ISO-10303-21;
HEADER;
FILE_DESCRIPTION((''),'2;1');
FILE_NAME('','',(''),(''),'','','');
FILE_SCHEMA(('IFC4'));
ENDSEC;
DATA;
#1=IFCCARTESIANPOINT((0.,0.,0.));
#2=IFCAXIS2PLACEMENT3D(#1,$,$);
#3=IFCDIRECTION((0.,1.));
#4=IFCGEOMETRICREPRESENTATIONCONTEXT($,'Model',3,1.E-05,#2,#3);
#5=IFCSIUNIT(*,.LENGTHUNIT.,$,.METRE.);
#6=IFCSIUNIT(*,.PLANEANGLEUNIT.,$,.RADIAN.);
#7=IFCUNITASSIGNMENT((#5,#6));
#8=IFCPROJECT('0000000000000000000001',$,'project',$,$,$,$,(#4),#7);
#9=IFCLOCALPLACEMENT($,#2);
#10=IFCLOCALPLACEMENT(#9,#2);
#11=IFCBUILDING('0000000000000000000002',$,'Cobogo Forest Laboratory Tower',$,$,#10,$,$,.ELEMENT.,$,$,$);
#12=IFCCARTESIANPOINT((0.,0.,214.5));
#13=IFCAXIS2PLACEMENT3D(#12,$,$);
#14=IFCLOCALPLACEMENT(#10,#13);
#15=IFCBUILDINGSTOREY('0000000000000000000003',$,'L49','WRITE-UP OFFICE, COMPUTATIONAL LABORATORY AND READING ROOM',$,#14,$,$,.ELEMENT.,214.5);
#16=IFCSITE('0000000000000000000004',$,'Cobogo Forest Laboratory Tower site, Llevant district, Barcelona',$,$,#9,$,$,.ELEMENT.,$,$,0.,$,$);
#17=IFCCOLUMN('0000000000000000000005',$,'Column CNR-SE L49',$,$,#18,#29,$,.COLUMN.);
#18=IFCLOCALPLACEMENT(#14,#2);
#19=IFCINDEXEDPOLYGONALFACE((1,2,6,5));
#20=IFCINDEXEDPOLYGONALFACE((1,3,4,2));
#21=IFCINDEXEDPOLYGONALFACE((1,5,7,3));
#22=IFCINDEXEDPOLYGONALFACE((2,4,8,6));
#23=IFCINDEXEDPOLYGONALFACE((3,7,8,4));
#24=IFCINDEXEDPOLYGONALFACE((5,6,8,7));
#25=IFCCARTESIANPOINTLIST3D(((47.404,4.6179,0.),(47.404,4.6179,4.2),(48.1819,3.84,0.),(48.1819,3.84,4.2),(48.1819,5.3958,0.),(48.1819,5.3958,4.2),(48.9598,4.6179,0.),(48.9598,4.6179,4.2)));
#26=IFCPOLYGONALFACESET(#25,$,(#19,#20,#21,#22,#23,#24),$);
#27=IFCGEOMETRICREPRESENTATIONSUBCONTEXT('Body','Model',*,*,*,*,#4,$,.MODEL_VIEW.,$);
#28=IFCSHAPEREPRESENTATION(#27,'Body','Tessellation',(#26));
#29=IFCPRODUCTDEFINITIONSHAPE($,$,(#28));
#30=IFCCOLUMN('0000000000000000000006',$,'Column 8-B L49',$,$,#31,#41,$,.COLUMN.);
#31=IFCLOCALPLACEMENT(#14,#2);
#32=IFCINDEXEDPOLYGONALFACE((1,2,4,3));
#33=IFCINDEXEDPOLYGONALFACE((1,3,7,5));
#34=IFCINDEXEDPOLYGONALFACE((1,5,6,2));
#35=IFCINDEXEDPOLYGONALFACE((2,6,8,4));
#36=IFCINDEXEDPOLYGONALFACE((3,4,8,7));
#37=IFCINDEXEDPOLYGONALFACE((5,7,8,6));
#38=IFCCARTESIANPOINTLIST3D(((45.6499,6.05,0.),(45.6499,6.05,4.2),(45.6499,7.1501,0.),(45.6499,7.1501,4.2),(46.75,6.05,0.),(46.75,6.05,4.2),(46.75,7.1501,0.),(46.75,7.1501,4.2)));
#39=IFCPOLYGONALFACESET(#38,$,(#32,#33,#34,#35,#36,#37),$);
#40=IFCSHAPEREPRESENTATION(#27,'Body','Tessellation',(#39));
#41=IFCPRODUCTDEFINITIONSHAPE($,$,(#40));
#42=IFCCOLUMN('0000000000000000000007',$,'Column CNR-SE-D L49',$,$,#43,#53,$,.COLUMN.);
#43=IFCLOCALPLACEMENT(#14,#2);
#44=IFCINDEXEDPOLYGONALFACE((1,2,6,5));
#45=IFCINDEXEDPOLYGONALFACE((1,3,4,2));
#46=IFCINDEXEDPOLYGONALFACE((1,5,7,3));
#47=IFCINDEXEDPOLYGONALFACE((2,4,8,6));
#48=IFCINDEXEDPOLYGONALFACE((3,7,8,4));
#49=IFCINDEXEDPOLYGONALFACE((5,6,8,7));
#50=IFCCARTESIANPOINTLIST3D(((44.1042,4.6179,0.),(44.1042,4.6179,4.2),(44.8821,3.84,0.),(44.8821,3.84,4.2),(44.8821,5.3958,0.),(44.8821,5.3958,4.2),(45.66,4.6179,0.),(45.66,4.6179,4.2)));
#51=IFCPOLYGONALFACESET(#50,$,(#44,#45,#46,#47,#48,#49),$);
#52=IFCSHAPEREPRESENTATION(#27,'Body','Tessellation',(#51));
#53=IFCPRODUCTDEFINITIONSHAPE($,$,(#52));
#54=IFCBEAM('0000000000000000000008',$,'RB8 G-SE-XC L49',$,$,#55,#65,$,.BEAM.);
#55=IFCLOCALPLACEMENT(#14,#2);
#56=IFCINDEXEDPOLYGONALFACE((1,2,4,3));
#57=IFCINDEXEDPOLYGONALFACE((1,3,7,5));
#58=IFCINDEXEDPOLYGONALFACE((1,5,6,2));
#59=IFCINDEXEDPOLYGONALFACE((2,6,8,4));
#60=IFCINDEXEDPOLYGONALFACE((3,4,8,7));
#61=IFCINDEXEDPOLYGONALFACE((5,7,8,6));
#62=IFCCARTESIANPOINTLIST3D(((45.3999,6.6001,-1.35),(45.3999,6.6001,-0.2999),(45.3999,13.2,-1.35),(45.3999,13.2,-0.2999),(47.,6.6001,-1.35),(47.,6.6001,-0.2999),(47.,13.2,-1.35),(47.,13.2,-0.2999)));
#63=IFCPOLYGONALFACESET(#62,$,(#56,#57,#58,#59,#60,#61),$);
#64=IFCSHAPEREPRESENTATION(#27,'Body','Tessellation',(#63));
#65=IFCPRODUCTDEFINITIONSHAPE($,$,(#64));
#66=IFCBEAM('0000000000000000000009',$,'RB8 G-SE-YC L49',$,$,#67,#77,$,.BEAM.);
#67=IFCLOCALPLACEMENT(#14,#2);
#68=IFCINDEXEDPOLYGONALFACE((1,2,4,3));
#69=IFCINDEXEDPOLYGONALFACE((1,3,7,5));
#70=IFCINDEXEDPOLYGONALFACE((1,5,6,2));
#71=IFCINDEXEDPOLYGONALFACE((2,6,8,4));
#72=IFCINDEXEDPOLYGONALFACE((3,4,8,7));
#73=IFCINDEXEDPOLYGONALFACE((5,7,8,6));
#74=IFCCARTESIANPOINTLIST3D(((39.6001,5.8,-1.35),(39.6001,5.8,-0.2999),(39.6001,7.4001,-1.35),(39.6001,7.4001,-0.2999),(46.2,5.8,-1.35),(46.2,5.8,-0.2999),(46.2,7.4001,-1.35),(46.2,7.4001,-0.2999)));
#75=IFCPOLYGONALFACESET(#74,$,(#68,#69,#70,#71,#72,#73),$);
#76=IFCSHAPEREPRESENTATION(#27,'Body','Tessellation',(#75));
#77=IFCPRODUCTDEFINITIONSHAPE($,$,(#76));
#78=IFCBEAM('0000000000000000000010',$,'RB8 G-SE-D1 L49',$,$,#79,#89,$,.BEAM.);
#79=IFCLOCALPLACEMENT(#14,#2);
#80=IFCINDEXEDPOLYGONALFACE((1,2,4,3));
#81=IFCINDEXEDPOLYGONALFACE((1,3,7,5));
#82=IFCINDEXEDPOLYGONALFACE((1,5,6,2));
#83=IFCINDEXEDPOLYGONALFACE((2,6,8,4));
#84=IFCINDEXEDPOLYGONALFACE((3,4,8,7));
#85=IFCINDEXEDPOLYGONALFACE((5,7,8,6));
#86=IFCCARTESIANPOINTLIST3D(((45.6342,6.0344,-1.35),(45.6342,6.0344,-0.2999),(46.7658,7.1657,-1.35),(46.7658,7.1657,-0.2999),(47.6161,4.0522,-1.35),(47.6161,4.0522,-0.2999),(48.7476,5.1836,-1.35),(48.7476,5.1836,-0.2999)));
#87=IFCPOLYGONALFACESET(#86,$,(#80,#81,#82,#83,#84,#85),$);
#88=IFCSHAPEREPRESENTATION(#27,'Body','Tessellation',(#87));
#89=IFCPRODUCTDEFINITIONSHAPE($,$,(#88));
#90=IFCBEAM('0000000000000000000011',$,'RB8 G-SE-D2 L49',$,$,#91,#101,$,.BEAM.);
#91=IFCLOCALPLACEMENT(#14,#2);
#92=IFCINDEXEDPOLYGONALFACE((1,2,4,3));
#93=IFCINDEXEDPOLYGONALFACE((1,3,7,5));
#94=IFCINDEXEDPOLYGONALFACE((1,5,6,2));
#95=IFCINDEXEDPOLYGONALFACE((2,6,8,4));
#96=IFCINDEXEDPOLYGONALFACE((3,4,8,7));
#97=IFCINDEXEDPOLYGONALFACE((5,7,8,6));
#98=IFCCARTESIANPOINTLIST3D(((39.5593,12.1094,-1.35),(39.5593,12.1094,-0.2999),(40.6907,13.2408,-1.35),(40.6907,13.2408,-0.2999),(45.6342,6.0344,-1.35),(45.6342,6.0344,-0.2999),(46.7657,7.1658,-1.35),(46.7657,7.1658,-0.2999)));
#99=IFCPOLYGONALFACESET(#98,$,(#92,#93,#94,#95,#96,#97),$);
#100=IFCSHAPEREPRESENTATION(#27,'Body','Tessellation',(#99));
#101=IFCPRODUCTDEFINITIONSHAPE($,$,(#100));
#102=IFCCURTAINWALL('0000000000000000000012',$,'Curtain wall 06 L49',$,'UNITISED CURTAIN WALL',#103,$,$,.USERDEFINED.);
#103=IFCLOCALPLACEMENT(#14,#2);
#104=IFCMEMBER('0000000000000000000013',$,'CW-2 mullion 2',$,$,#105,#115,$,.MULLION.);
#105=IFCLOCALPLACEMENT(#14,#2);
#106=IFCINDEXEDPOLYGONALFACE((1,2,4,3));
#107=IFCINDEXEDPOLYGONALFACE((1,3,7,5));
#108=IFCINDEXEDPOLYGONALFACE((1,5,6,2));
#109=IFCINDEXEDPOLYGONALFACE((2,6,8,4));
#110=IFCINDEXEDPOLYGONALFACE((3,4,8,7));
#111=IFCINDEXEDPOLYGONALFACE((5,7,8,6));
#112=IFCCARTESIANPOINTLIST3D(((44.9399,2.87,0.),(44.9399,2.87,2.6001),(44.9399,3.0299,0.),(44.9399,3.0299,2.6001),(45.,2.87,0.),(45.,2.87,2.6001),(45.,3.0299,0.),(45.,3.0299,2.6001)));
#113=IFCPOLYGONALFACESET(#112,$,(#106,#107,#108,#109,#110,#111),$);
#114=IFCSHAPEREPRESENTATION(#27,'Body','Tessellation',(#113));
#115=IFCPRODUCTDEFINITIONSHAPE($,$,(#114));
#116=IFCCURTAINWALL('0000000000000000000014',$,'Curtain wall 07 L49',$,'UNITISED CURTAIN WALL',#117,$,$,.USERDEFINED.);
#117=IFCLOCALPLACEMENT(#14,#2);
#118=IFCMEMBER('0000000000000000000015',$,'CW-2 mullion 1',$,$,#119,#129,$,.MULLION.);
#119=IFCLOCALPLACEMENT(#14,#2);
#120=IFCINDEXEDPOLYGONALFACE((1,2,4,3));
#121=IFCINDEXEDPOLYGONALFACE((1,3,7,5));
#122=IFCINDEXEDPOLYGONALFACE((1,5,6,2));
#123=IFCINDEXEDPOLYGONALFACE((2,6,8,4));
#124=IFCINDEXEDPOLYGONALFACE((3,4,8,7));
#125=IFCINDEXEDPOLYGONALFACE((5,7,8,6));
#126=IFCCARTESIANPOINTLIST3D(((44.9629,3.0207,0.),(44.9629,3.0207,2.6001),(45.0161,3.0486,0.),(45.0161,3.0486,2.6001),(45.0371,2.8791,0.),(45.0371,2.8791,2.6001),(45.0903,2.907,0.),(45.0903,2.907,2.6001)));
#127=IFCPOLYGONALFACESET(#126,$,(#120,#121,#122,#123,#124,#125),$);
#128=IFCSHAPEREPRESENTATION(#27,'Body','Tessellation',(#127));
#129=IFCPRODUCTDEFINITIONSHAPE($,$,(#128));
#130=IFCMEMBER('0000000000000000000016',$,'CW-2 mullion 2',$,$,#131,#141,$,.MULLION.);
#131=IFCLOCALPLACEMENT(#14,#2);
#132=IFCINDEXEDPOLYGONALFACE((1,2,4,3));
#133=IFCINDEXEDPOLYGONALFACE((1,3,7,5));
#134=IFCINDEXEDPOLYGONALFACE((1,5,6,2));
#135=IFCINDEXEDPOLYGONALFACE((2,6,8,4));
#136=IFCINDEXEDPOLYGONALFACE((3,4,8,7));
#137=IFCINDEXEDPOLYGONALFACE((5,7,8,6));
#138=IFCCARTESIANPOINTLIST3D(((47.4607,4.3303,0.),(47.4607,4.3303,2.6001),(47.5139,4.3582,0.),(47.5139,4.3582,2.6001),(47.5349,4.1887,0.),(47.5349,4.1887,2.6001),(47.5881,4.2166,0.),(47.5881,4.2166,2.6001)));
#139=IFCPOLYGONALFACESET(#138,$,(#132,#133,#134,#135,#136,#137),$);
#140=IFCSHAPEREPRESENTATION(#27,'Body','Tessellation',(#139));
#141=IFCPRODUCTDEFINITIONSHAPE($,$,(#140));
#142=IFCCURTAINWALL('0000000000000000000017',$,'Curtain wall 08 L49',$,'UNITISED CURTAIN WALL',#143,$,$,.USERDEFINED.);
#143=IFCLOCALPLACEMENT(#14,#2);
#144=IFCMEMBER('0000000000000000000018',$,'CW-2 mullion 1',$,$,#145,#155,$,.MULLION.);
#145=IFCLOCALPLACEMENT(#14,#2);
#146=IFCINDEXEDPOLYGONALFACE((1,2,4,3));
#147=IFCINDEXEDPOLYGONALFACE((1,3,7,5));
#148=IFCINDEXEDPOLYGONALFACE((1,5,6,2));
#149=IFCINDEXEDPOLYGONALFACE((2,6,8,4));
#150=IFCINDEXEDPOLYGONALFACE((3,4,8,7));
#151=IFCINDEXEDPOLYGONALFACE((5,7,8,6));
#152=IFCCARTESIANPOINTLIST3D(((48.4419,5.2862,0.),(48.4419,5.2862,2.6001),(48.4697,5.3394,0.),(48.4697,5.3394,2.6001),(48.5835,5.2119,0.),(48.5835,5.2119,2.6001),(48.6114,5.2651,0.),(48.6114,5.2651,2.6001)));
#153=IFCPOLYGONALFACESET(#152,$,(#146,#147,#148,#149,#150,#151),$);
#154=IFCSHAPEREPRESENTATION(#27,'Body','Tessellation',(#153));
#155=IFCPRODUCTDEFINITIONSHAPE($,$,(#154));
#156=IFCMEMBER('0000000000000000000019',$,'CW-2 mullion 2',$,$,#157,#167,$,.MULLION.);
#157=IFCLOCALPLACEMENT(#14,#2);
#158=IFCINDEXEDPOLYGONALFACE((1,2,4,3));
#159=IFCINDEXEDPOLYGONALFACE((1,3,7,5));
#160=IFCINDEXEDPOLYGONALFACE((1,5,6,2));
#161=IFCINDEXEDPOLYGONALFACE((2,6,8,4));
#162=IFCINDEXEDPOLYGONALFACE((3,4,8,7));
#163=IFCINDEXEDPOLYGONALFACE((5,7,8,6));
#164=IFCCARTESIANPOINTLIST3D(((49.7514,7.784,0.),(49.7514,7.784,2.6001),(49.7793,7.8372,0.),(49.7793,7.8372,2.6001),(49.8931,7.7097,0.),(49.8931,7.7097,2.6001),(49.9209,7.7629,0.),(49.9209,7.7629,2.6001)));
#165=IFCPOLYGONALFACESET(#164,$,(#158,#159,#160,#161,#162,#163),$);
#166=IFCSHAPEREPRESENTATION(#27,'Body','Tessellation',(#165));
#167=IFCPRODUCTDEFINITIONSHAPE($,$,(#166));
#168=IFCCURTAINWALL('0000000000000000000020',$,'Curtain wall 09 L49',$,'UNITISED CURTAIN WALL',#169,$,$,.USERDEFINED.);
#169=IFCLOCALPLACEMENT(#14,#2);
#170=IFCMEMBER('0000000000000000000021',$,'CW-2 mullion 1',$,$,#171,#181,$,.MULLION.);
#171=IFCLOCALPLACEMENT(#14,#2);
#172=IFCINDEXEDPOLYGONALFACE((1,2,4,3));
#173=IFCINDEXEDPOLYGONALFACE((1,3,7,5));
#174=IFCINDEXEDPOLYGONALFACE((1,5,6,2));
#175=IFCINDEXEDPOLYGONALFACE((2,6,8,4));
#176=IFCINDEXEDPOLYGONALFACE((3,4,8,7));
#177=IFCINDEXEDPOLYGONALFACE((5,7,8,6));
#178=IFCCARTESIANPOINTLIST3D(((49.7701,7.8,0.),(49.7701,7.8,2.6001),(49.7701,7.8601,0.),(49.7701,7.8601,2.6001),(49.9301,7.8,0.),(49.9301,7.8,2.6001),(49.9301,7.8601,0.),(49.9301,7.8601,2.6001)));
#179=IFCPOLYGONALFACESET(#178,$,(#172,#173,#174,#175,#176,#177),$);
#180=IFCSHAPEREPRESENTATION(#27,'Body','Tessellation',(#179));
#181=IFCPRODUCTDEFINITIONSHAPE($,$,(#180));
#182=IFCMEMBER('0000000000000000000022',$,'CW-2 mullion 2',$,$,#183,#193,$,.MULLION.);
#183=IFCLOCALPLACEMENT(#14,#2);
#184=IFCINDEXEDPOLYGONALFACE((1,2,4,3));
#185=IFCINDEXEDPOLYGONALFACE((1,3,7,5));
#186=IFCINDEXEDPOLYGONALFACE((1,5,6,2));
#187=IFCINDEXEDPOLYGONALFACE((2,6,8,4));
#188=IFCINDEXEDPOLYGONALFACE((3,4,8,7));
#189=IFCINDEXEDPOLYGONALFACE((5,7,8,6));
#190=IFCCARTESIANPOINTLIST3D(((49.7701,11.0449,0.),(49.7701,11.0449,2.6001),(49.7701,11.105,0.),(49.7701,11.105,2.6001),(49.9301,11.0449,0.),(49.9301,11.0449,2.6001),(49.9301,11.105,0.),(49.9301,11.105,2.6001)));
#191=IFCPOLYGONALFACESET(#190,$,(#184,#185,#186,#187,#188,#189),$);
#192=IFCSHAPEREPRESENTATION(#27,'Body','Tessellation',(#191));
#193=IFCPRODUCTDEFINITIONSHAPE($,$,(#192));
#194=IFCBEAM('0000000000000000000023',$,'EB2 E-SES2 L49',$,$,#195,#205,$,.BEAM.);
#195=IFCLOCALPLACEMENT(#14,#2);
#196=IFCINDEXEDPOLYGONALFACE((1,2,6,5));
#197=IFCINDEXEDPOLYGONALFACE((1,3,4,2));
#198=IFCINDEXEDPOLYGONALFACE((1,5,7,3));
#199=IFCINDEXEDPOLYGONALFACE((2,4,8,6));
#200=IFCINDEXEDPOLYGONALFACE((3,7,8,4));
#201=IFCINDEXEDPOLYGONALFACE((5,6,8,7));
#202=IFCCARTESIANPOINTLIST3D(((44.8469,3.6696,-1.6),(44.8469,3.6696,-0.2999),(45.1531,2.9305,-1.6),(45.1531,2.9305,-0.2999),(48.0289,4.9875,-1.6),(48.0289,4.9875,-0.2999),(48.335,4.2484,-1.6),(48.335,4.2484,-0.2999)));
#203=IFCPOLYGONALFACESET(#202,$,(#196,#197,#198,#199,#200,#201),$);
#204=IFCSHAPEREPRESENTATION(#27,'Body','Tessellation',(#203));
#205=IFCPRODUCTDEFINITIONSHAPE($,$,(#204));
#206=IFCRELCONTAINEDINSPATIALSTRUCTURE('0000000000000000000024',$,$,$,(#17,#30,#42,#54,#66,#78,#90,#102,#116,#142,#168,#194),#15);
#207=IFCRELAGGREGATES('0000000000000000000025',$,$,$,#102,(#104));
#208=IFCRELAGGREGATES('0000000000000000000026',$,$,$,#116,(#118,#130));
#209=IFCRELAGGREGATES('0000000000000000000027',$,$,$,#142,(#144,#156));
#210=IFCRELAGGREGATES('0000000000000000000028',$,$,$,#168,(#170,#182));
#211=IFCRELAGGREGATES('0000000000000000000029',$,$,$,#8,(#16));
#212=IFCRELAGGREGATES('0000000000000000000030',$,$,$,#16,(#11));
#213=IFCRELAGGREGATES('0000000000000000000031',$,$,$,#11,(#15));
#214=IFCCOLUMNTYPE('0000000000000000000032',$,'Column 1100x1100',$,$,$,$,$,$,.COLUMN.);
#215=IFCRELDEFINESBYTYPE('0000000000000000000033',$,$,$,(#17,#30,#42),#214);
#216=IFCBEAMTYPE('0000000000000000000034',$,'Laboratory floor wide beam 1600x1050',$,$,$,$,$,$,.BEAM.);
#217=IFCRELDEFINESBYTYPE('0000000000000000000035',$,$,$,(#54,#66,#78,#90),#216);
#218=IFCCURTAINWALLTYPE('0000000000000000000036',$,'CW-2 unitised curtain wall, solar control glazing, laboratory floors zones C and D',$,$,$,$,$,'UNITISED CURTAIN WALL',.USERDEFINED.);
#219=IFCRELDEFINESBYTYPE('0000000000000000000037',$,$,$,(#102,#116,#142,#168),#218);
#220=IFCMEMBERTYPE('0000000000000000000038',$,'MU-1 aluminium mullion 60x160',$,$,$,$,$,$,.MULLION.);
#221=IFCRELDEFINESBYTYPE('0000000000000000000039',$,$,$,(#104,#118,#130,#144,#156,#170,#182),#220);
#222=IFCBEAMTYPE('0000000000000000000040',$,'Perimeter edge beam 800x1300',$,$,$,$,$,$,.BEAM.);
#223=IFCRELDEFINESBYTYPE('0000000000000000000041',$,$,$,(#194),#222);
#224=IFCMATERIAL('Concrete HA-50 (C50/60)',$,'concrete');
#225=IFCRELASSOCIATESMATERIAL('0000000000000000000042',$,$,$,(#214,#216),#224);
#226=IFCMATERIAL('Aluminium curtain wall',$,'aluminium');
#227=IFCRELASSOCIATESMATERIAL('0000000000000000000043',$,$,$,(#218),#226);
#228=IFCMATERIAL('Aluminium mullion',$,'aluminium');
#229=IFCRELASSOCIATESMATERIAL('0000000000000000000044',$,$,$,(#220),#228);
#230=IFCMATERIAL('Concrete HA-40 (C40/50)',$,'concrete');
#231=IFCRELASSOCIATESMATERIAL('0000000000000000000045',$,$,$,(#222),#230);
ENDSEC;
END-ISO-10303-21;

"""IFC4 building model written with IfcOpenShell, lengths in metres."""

from ifc_helpers import new_model, si_unit, direction, frame, origin, origin_2d, place, context, subcontext, project, spatial, rectangle, extrude, material, material_profile, profile_set, type_object, element, aggregate, save


model = new_model("IFC4")

# Units and contexts
model_context = context("Model", 3, precision=1e-05, world=origin(), true_north=direction((0.0, 1.0)))
body_context = subcontext(model_context, "Body", "Model", "MODEL_VIEW")
ifc_project = project(units=[si_unit("LENGTHUNIT", "METRE"), si_unit("PLANEANGLEUNIT", "RADIAN")], contexts=[model_context])

# Site, building, storey
site_placement = place(None, origin())
site = spatial("IfcSite", under=ifc_project, at=site_placement, Name="Cobogo Forest Laboratory Tower site, Llevant district, Barcelona", CompositionType="ELEMENT", RefElevation=0.0)
building_placement = place(site_placement, origin())
building = spatial("IfcBuilding", under=site, at=building_placement, Name="Cobogo Forest Laboratory Tower", CompositionType="ELEMENT")
storey_placement = place(building_placement, frame((0.0, 0.0, 214.5)))
storey = spatial("IfcBuildingStorey", under=building, at=storey_placement, Name="L49", Description="WRITE-UP OFFICE, COMPUTATIONAL LABORATORY AND READING ROOM", CompositionType="ELEMENT", Elevation=214.5)

# Columns
ifc_material_1 = material(Name="Concrete HA-50 (C50/60)", Category="concrete")
ifc_material_profile_1 = material_profile(ifc_material_1, rectangle(XDim=1.1001, YDim=1.1001, at=origin_2d()), Name="RC 1100x1100")
ifc_profile_set_1 = profile_set([ifc_material_profile_1], Name="Concrete HA-50 (C50/60)")
column_type = type_object("IfcColumnType", Name="Column 1100x1100", PredefinedType="COLUMN", material=ifc_profile_set_1)
for number, where, z_axis, x_axis, name in (
    (1, (48.1819, 4.6179, 0.0), (0.0, 0.0, 1.0), (0.707107, 0.707107, 0.0), "Column CNR-SE L49"),
    (2, (46.2, 6.6001, 0.0), (0.0, 0.0, 1.0), (1.0, 0.0, 0.0), "Column 8-B L49"),
    (3, (44.8821, 4.6179, 0.0), (0.0, 0.0, 1.0), (0.707107, 0.707107, 0.0), "Column CNR-SE-D L49"),
):
    element("IfcColumn", number, at=place(storey_placement, frame(where, z_axis=z_axis, x_axis=x_axis)), inside=storey, type_object=column_type, Name=name, PredefinedType="COLUMN", context=body_context, shape_type="SweptSolid", body=[
        extrude(rectangle(XDim=1.1001, YDim=1.1001, at=origin_2d()), origin(), (0.0, 0.0, 1.0), 4.2),
    ])

# Beams
ifc_material_profile_2 = material_profile(ifc_material_1, rectangle(XDim=1.6001, YDim=1.05, at=origin_2d()), Name="RC 1600x1050")
ifc_profile_set_2 = profile_set([ifc_material_profile_2], Name="Concrete HA-50 (C50/60)")
beam_type_1 = type_object("IfcBeamType", Name="Laboratory floor wide beam 1600x1050", PredefinedType="BEAM", material=ifc_profile_set_2)
for number, where, z_axis, x_axis, name in (
    (4, (46.2, 6.6001, -0.825), (0.0, 1.0, 0.0), (-1.0, 0.0, 0.0), "RB8 G-SE-XC L49"),
    (5, (46.2, 6.6001, -0.825), (-1.0, 0.0, 0.0), (0.0, -1.0, 0.0), "RB8 G-SE-YC L49"),
):
    element("IfcBeam", number, at=place(storey_placement, frame(where, z_axis=z_axis, x_axis=x_axis)), inside=storey, type_object=beam_type_1, Name=name, PredefinedType="BEAM", context=body_context, shape_type="SweptSolid", body=[
        extrude(rectangle(XDim=1.6001, YDim=1.05, at=origin_2d()), origin(), (0.0, 0.0, 1.0), 6.5999),
    ])
beam_1_placement = place(storey_placement, frame((48.1819, 4.6179, -0.825), z_axis=(-0.707063, 0.70715, 0.0), x_axis=(-0.70715, -0.707063, 0.0)))
element("IfcBeam", 6, at=beam_1_placement, inside=storey, type_object=beam_type_1, Name="RB8 G-SE-D1 L49", PredefinedType="BEAM", context=body_context, shape_type="SweptSolid", body=[
    extrude(rectangle(XDim=1.6001, YDim=1.05, at=origin_2d()), origin(), (0.0, 0.0, 1.0), 2.803),
])
beam_2_placement = place(storey_placement, frame((46.2, 6.6001, -0.825), z_axis=(-0.707107, 0.707107, 0.0), x_axis=(-0.707107, -0.707107, 0.0)))
element("IfcBeam", 7, at=beam_2_placement, inside=storey, type_object=beam_type_1, Name="RB8 G-SE-D2 L49", PredefinedType="BEAM", context=body_context, shape_type="SweptSolid", body=[
    extrude(rectangle(XDim=1.6001, YDim=1.05, at=origin_2d()), origin(), (0.0, 0.0, 1.0), 8.5913),
])

# Curtain wall, member
ifc_material_2 = material(Name="Aluminium curtain wall", Category="aluminium")
curtain_wall_type = type_object("IfcCurtainWallType", Name="CW-2 unitised curtain wall, solar control glazing, laboratory floors zones C and D", ElementType="UNITISED CURTAIN WALL", PredefinedType="USERDEFINED", material=ifc_material_2)
curtain_wall_1_placement = place(storey_placement, origin())
curtain_wall_1 = element("IfcCurtainWall", 8, at=curtain_wall_1_placement, inside=storey, type_object=curtain_wall_type, Name="Curtain wall 06 L49", ObjectType="UNITISED CURTAIN WALL", PredefinedType="USERDEFINED")
ifc_material_3 = material(Name="Aluminium mullion", Category="aluminium")
ifc_material_profile_3 = material_profile(ifc_material_3, rectangle(XDim=0.0601, YDim=0.1599, at=origin_2d()), Name="AL 60x160")
ifc_profile_set_3 = profile_set([ifc_material_profile_3], Name="Aluminium mullion")
member_type_1 = type_object("IfcMemberType", Name="MU-1 aluminium mullion 60x160", PredefinedType="MULLION", material=ifc_profile_set_3)
member_1_placement = place(storey_placement, frame((44.97, 2.95, 0.0), z_axis=(0.0, 0.0, 1.0), x_axis=(1.0, 0.0, 0.0)))
member_1 = element("IfcMember", 9, at=member_1_placement, type_object=member_type_1, Name="CW-2 mullion 2", PredefinedType="MULLION", context=body_context, shape_type="SweptSolid", body=[
    extrude(rectangle(XDim=0.0601, YDim=0.1599, at=origin_2d()), origin(), (0.0, 0.0, 1.0), 2.6001),
])

# Curtain walls, members
curtain_wall_2_placement = place(storey_placement, origin())
curtain_wall_2 = element("IfcCurtainWall", 10, at=curtain_wall_2_placement, inside=storey, type_object=curtain_wall_type, Name="Curtain wall 07 L49", ObjectType="UNITISED CURTAIN WALL", PredefinedType="USERDEFINED")
member_2_placement = place(storey_placement, frame((45.0266, 2.9639, 0.0), z_axis=(0.0, 0.0, 1.0), x_axis=(0.885686, 0.464284, 0.0)))
member_2 = element("IfcMember", 11, at=member_2_placement, type_object=member_type_1, Name="CW-2 mullion 1", PredefinedType="MULLION", context=body_context, shape_type="SweptSolid", body=[
    extrude(rectangle(XDim=0.0601, YDim=0.1599, at=origin_2d()), origin(), (0.0, 0.0, 1.0), 2.6001),
])
member_3_placement = place(storey_placement, frame((47.5244, 4.2734, 0.0), z_axis=(0.0, 0.0, 1.0), x_axis=(0.885686, 0.464284, 0.0)))
member_3 = element("IfcMember", 12, at=member_3_placement, type_object=member_type_1, Name="CW-2 mullion 2", PredefinedType="MULLION", context=body_context, shape_type="SweptSolid", body=[
    extrude(rectangle(XDim=0.0601, YDim=0.1599, at=origin_2d()), origin(), (0.0, 0.0, 1.0), 2.6001),
])
curtain_wall_3_placement = place(storey_placement, origin())
curtain_wall_3 = element("IfcCurtainWall", 13, at=curtain_wall_3_placement, inside=storey, type_object=curtain_wall_type, Name="Curtain wall 08 L49", ObjectType="UNITISED CURTAIN WALL", PredefinedType="USERDEFINED")
member_4_placement = place(storey_placement, frame((48.5266, 5.2756, 0.0), z_axis=(0.0, 0.0, 1.0), x_axis=(0.464284, 0.885686, 0.0)))
member_4 = element("IfcMember", 14, at=member_4_placement, type_object=member_type_1, Name="CW-2 mullion 1", PredefinedType="MULLION", context=body_context, shape_type="SweptSolid", body=[
    extrude(rectangle(XDim=0.0601, YDim=0.1599, at=origin_2d()), origin(), (0.0, 0.0, 1.0), 2.6001),
])
member_5_placement = place(storey_placement, frame((49.8362, 7.7734, 0.0), z_axis=(0.0, 0.0, 1.0), x_axis=(0.464284, 0.885686, 0.0)))
member_5 = element("IfcMember", 15, at=member_5_placement, type_object=member_type_1, Name="CW-2 mullion 2", PredefinedType="MULLION", context=body_context, shape_type="SweptSolid", body=[
    extrude(rectangle(XDim=0.0601, YDim=0.1599, at=origin_2d()), origin(), (0.0, 0.0, 1.0), 2.6001),
])
curtain_wall_4_placement = place(storey_placement, origin())
curtain_wall_4 = element("IfcCurtainWall", 16, at=curtain_wall_4_placement, inside=storey, type_object=curtain_wall_type, Name="Curtain wall 09 L49", ObjectType="UNITISED CURTAIN WALL", PredefinedType="USERDEFINED")
member_6_placement = place(storey_placement, frame((49.8501, 7.8301, 0.0), z_axis=(0.0, 0.0, 1.0), x_axis=(0.0, 1.0, 0.0)))
member_6 = element("IfcMember", 17, at=member_6_placement, type_object=member_type_1, Name="CW-2 mullion 1", PredefinedType="MULLION", context=body_context, shape_type="SweptSolid", body=[
    extrude(rectangle(XDim=0.0601, YDim=0.1599, at=origin_2d()), origin(), (0.0, 0.0, 1.0), 2.6001),
])
member_7_placement = place(storey_placement, frame((49.8501, 11.075, 0.0), z_axis=(0.0, 0.0, 1.0), x_axis=(0.0, 1.0, 0.0)))
member_7 = element("IfcMember", 18, at=member_7_placement, type_object=member_type_1, Name="CW-2 mullion 2", PredefinedType="MULLION", context=body_context, shape_type="SweptSolid", body=[
    extrude(rectangle(XDim=0.0601, YDim=0.1599, at=origin_2d()), origin(), (0.0, 0.0, 1.0), 2.6001),
])

# Beam
ifc_material_4 = material(Name="Concrete HA-40 (C40/50)", Category="concrete")
ifc_material_profile_4 = material_profile(ifc_material_4, rectangle(XDim=0.8, YDim=1.3, at=origin_2d()), Name="RC 800x1300")
ifc_profile_set_4 = profile_set([ifc_material_profile_4], Name="Concrete HA-40 (C40/50)")
beam_type_2 = type_object("IfcBeamType", Name="Perimeter edge beam 800x1300", PredefinedType="BEAM", material=ifc_profile_set_4)
beam_3_placement = place(storey_placement, frame((45.0, 3.3, -0.95), z_axis=(0.923891, 0.382656, 0.0), x_axis=(-0.382656, 0.923891, 0.0)))
element("IfcBeam", 19, at=beam_3_placement, inside=storey, type_object=beam_type_2, Name="EB2 E-SES2 L49", PredefinedType="BEAM", context=body_context, shape_type="SweptSolid", body=[
    extrude(rectangle(XDim=0.8, YDim=1.3, at=origin_2d()), origin(), (0.0, 0.0, 1.0), 3.4441),
])

aggregate(curtain_wall_1, [member_1])
aggregate(curtain_wall_2, [member_2, member_3])
aggregate(curtain_wall_3, [member_4, member_5])
aggregate(curtain_wall_4, [member_6, member_7])

save(model, "model.ifc")
